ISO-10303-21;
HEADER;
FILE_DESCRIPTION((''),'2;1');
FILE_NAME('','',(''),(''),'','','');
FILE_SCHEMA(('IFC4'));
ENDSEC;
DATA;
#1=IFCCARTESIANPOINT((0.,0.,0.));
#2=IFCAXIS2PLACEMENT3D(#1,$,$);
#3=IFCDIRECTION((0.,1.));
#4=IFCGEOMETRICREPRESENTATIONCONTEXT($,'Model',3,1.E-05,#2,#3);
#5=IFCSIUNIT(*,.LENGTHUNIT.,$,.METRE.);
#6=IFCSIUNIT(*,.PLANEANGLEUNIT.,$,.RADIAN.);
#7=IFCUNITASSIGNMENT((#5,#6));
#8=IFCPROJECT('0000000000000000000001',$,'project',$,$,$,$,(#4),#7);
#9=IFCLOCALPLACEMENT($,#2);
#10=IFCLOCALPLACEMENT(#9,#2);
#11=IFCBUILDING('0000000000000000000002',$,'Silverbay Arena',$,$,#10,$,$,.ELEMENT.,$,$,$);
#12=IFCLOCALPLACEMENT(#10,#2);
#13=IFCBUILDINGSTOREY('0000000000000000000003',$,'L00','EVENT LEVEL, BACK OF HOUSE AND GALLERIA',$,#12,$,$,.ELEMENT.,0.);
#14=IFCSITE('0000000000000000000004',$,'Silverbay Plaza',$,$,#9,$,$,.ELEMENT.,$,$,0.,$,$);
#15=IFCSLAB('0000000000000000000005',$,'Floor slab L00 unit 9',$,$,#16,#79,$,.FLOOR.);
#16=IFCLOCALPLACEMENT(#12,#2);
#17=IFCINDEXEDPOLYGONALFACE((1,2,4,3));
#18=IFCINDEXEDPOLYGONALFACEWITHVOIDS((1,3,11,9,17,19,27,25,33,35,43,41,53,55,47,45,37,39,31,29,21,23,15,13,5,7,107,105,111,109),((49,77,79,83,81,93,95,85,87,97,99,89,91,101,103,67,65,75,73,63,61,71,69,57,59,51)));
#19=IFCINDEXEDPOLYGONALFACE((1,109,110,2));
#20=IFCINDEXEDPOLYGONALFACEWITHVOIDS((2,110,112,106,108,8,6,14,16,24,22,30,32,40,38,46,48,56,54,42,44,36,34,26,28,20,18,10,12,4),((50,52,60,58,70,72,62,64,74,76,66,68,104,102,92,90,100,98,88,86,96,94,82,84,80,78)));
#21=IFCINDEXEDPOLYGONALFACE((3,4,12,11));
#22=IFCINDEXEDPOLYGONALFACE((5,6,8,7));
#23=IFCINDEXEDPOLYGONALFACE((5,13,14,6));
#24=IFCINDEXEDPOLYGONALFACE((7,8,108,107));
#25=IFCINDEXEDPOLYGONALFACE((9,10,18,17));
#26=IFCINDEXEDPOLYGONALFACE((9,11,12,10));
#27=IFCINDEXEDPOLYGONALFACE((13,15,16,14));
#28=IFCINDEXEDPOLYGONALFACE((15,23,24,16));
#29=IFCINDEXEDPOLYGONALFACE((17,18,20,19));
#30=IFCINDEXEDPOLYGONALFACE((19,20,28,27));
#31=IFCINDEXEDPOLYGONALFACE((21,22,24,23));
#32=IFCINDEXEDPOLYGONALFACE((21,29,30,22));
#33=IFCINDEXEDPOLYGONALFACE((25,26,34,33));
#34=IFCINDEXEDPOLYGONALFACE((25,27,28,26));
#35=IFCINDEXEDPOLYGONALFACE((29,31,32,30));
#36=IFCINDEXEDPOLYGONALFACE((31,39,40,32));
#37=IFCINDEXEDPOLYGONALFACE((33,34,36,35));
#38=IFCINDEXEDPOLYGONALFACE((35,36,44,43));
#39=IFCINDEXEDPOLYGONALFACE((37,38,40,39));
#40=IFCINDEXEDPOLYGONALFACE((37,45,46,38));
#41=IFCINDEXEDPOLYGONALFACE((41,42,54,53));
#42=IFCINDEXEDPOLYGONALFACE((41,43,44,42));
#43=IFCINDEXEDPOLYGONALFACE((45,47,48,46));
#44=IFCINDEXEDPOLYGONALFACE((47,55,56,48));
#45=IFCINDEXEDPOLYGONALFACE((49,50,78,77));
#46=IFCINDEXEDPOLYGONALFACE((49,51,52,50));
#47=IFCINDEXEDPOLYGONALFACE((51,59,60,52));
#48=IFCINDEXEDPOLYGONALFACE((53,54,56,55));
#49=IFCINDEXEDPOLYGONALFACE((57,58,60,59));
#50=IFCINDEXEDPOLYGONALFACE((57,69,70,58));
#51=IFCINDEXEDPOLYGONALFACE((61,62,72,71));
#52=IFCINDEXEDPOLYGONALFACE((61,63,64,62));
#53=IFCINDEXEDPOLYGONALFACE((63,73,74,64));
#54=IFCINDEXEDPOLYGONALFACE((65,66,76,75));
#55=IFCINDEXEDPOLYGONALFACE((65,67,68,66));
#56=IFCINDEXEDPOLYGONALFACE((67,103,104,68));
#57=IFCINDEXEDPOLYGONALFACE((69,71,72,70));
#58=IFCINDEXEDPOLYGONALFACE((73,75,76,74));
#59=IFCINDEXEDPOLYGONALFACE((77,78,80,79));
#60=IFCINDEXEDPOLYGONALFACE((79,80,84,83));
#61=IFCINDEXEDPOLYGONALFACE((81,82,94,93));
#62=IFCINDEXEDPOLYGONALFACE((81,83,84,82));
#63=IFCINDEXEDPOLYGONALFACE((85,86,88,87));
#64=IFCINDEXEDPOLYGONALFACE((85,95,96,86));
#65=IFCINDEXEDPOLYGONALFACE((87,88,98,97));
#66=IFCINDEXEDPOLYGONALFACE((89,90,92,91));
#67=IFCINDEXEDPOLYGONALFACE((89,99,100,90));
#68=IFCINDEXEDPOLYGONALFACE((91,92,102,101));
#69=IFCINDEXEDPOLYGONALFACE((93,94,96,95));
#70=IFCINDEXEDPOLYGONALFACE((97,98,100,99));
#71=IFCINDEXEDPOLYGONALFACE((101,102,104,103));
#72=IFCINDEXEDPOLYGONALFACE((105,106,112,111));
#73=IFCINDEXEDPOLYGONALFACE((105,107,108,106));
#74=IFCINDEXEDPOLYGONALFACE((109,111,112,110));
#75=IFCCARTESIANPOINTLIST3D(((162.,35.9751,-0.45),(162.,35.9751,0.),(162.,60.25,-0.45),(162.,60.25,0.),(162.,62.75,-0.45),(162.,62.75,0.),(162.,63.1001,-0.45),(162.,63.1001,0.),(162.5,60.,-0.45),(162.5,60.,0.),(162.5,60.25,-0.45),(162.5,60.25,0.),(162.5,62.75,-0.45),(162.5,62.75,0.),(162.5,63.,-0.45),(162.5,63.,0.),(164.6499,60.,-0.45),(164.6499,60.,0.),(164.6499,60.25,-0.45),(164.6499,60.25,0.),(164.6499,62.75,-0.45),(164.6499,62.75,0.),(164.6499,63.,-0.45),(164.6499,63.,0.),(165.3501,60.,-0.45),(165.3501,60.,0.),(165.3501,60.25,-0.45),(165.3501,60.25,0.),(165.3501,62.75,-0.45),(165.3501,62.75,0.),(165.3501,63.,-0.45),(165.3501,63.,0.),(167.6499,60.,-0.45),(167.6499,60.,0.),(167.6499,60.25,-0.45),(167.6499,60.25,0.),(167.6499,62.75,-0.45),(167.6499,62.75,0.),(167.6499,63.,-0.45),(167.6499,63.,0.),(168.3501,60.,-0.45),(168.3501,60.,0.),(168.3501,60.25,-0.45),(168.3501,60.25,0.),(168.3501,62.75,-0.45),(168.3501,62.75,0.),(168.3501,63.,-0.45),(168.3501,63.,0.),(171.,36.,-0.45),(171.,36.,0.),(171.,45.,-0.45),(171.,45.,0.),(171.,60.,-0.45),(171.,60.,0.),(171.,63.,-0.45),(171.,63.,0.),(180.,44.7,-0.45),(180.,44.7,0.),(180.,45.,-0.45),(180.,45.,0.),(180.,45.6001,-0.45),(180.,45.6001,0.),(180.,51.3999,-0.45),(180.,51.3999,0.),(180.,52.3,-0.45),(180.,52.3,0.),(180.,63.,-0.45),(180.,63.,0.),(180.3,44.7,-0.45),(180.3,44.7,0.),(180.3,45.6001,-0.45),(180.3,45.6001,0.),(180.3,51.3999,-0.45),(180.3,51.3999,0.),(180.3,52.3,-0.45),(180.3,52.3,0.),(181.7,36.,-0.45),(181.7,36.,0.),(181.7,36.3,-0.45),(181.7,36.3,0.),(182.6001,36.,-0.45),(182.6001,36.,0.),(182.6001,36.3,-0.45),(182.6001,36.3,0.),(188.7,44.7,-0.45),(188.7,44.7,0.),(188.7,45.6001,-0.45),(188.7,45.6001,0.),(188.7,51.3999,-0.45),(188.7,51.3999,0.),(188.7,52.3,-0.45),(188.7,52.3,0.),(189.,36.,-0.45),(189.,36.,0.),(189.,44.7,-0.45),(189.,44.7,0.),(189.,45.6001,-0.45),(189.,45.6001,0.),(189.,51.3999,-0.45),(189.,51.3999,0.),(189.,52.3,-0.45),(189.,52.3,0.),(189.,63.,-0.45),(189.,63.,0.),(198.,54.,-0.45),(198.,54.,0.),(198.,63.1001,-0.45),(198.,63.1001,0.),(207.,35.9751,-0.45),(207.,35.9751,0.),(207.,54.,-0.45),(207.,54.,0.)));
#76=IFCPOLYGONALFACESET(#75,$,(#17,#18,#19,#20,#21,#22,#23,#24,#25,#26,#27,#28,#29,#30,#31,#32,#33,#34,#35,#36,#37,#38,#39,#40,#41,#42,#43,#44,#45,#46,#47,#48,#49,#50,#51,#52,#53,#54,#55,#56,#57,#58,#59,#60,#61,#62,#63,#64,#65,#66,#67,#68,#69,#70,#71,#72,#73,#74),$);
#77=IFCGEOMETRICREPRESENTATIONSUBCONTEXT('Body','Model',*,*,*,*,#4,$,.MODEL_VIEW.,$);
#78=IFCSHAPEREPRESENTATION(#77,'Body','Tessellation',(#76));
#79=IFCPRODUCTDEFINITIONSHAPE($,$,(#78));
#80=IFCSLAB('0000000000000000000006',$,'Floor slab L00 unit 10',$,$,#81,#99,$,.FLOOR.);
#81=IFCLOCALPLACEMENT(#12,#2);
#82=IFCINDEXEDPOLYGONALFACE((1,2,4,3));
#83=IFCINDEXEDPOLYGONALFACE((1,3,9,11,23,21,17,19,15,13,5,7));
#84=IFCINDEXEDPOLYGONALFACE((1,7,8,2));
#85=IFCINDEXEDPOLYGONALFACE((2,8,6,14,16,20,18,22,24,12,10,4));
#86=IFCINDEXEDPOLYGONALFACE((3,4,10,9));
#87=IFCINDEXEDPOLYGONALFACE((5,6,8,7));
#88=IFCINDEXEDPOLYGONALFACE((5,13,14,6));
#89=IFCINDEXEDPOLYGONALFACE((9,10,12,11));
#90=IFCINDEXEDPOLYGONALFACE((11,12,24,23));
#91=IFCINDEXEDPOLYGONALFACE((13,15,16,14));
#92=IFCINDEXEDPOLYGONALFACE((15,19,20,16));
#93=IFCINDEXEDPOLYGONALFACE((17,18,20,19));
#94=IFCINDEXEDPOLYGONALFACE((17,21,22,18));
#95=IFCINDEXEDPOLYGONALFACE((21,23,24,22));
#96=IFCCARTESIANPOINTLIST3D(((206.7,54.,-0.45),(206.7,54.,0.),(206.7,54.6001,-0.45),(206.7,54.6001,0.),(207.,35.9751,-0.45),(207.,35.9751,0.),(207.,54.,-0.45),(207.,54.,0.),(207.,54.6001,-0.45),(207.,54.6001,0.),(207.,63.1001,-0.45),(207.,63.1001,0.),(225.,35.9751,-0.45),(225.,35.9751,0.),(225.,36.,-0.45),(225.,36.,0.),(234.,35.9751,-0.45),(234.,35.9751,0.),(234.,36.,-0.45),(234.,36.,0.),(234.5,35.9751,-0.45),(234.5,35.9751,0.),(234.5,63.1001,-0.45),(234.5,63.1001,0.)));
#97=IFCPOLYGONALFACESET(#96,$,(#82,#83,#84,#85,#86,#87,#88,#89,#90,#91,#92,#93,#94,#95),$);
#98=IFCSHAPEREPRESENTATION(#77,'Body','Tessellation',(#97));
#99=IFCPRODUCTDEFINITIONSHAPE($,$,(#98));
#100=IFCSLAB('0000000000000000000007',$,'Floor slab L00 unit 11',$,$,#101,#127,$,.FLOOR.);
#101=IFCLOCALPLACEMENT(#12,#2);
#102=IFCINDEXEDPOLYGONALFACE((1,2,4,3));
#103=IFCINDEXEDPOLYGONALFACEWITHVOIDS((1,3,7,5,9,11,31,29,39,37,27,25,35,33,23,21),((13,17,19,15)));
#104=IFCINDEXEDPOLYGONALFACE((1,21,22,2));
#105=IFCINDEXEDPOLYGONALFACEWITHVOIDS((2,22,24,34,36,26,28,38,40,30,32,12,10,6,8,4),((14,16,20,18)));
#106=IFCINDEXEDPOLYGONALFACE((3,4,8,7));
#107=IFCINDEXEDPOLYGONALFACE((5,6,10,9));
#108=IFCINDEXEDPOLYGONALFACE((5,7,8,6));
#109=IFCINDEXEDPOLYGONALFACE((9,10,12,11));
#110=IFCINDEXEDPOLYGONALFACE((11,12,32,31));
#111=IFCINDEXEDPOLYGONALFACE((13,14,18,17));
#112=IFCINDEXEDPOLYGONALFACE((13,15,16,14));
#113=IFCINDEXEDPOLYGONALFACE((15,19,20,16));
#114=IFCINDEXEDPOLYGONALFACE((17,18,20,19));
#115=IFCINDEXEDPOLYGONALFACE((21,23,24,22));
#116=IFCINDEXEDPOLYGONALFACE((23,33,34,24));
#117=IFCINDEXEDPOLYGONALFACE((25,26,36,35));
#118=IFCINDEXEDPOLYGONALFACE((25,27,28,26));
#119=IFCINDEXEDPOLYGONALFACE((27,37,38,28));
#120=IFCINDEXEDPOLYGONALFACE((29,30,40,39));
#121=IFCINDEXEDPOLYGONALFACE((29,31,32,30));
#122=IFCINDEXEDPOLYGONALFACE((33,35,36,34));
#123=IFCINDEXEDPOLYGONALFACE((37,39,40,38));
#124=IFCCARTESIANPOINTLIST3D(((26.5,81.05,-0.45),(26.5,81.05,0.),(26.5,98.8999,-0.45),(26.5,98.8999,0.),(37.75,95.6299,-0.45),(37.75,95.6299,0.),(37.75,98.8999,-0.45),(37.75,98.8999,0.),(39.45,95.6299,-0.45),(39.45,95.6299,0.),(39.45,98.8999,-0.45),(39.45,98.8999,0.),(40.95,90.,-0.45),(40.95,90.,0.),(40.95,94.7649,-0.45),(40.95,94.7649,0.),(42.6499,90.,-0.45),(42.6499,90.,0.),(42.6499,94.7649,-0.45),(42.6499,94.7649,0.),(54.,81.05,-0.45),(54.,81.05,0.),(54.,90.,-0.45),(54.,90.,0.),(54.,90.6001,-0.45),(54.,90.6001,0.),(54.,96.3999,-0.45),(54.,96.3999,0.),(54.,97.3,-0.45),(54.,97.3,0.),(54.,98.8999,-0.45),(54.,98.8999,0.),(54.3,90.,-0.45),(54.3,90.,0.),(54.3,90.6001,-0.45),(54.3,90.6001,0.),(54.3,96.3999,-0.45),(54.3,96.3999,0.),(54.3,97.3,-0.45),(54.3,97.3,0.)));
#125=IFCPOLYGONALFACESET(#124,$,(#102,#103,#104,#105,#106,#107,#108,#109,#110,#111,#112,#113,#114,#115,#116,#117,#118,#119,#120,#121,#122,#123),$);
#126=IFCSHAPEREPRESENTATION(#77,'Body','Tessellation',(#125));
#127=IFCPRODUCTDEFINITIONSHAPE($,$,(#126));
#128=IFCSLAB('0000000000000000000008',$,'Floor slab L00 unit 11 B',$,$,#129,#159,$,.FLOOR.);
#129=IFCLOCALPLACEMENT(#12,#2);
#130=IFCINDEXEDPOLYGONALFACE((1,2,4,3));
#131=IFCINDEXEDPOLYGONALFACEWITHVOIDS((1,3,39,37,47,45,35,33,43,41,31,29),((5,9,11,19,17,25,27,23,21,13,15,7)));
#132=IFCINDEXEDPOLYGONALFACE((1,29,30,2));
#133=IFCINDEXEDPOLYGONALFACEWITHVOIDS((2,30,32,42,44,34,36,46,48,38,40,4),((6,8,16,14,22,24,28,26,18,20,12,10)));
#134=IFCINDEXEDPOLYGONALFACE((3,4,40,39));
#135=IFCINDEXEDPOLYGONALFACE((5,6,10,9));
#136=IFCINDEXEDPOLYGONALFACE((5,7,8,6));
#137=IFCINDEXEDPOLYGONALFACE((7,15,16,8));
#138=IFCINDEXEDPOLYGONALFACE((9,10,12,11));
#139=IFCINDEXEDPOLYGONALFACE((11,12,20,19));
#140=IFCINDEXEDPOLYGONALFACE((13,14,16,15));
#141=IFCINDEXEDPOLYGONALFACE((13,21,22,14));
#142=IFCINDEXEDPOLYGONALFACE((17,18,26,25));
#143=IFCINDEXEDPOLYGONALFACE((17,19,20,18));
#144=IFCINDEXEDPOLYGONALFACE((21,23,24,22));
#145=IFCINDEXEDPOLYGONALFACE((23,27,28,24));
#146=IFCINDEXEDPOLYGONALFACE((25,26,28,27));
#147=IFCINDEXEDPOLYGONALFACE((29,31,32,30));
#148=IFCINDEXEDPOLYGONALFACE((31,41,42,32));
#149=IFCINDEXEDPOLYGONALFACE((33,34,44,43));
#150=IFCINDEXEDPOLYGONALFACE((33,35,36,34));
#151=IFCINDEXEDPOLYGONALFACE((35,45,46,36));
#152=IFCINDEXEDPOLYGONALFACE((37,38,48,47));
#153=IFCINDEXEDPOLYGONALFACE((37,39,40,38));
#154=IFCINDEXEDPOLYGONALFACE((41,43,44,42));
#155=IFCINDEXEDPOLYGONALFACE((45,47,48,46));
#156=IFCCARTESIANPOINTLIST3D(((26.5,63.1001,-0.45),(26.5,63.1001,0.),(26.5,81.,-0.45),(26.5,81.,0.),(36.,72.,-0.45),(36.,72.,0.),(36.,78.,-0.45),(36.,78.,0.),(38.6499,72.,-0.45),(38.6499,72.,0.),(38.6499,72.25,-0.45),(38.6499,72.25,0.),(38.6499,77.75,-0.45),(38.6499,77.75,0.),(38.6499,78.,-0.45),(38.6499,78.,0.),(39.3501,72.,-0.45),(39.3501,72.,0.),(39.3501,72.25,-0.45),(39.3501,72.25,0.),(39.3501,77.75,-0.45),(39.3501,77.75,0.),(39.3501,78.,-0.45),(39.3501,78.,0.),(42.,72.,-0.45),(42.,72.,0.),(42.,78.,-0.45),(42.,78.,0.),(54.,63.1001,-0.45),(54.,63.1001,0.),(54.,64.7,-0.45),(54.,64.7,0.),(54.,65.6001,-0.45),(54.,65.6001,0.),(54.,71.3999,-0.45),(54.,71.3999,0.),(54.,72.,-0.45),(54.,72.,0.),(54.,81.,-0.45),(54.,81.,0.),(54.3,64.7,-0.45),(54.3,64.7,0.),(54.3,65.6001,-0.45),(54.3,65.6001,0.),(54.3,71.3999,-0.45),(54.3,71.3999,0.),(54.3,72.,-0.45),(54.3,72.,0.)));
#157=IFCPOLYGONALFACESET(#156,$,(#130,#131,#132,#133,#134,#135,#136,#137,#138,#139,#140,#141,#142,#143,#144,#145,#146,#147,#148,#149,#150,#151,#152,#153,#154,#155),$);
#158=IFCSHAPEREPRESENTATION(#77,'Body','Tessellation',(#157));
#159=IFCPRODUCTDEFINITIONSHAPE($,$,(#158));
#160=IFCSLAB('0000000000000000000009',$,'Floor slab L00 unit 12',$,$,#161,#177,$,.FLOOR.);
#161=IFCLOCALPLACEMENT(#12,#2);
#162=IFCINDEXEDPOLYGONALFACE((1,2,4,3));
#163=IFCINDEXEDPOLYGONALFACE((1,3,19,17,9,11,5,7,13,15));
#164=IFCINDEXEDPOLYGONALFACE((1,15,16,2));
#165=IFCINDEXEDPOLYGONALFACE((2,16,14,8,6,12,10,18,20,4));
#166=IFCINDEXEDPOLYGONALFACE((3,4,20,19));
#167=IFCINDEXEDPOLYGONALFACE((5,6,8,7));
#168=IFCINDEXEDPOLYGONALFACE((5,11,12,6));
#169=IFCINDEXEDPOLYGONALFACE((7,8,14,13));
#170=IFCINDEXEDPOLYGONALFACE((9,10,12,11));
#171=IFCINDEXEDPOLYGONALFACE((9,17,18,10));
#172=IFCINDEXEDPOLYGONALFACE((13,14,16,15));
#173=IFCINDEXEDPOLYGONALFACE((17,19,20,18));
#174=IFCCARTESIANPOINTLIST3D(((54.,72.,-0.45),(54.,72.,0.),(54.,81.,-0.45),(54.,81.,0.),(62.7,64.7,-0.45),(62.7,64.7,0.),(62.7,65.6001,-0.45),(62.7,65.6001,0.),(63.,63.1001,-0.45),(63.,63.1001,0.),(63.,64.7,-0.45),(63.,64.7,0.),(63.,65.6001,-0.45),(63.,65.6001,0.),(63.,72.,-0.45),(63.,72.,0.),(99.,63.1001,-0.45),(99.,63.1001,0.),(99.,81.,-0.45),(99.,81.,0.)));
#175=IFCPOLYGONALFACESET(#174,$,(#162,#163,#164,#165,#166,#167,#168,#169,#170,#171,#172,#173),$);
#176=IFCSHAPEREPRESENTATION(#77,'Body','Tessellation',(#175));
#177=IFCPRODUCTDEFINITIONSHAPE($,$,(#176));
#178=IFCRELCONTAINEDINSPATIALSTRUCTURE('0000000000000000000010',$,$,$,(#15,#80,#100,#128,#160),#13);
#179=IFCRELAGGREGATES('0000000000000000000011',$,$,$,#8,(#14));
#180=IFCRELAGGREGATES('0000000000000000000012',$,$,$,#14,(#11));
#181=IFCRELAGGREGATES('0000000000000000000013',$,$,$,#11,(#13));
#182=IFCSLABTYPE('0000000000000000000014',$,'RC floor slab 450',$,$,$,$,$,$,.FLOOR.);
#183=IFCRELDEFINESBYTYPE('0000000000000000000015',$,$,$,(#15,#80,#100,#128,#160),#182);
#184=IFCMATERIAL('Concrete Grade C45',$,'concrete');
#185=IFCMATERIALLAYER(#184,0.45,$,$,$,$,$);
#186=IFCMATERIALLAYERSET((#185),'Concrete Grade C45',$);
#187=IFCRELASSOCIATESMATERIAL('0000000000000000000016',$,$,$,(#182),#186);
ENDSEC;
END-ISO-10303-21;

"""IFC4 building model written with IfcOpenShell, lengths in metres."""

from ifc_helpers import new_model, si_unit, direction, frame, origin, place, context, subcontext, project, spatial, polyline, outline, extrude, material, layer, layer_set, type_object, element, save


model = new_model("IFC4")

# Units and contexts
model_context = context("Model", 3, precision=1e-05, world=origin(), true_north=direction((0.0, 1.0)))
body_context = subcontext(model_context, "Body", "Model", "MODEL_VIEW")
ifc_project = project(units=[si_unit("LENGTHUNIT", "METRE"), si_unit("PLANEANGLEUNIT", "RADIAN")], contexts=[model_context])

# Site, building, storey
site_placement = place(None, origin())
site = spatial("IfcSite", under=ifc_project, at=site_placement, Name="Silverbay Plaza", CompositionType="ELEMENT", RefElevation=0.0)
building_placement = place(site_placement, origin())
building = spatial("IfcBuilding", under=site, at=building_placement, Name="Silverbay Arena", CompositionType="ELEMENT")
storey_placement = place(building_placement, origin())
storey = spatial("IfcBuildingStorey", under=building, at=storey_placement, Name="L00", Description="EVENT LEVEL, BACK OF HOUSE AND GALLERIA", CompositionType="ELEMENT", Elevation=0.0)

# Slabs
ifc_material_1 = material(Name="Concrete Grade C45", Category="concrete")
ifc_layer_1 = layer(ifc_material_1, 0.45)
ifc_layer_set_1 = layer_set([ifc_layer_1], Name="Concrete Grade C45")
slab_type_1 = type_object("IfcSlabType", Name="RC floor slab 450", PredefinedType="FLOOR", material=ifc_layer_set_1)
slab_1_placement = place(storey_placement, frame((0.0, 0.0, -0.45)))
element("IfcSlab", 1, at=slab_1_placement, inside=storey, type_object=slab_type_1, Name="Floor slab L00 unit 9", PredefinedType="FLOOR", context=body_context, shape_type="SweptSolid", body=[
    extrude(outline(polyline([(162.5, 60.25), (162.5, 60.0), (164.6499, 60.0), (164.6499, 60.25), (165.3501, 60.25), (165.3501, 60.0), (167.6499, 60.0), (167.6499, 60.25), (168.3501, 60.25), (168.3501, 60.0), (171.0, 60.0), (171.0, 63.0), (168.3501, 63.0), (168.3501, 62.75), (167.6499, 62.75), (167.6499, 63.0), (165.3501, 63.0), (165.3501, 62.75), (164.6499, 62.75), (164.6499, 63.0), (162.5, 63.0), (162.5, 62.75), (162.0, 62.75), (162.0, 63.1001), (198.0, 63.1001), (198.0, 54.0), (207.0, 54.0), (207.0, 35.9751), (162.0, 35.9751), (162.0, 60.25), (162.5, 60.25)]), holes=[polyline([(181.7, 36.3), (182.6001, 36.3), (182.6001, 36.0), (189.0, 36.0), (189.0, 44.7), (188.7, 44.7), (188.7, 45.6001), (189.0, 45.6001), (189.0, 51.3999), (188.7, 51.3999), (188.7, 52.3), (189.0, 52.3), (189.0, 63.0), (180.0, 63.0), (180.0, 52.3), (180.3, 52.3), (180.3, 51.3999), (180.0, 51.3999), (180.0, 45.6001), (180.3, 45.6001), (180.3, 44.7), (180.0, 44.7), (180.0, 45.0), (171.0, 45.0), (171.0, 36.0), (181.7, 36.0), (181.7, 36.3)])]), origin(), (0.0, 0.0, 1.0), 0.45),
])
slab_2_placement = place(storey_placement, frame((0.0, 0.0, -0.45)))
element("IfcSlab", 2, at=slab_2_placement, inside=storey, type_object=slab_type_1, Name="Floor slab L00 unit 10", PredefinedType="FLOOR", context=body_context, shape_type="SweptSolid", body=[
    extrude(outline(polyline([(225.0, 36.0), (225.0, 35.9751), (207.0, 35.9751), (207.0, 54.0), (206.7, 54.0), (206.7, 54.6001), (207.0, 54.6001), (207.0, 63.1001), (234.5, 63.1001), (234.5, 35.9751), (234.0, 35.9751), (234.0, 36.0), (225.0, 36.0)])), origin(), (0.0, 0.0, 1.0), 0.45),
])
slab_3_placement = place(storey_placement, frame((0.0, 0.0, -0.45)))
element("IfcSlab", 3, at=slab_3_placement, inside=storey, type_object=slab_type_1, Name="Floor slab L00 unit 11", PredefinedType="FLOOR", context=body_context, shape_type="SweptSolid", body=[
    extrude(outline(polyline([(26.5, 98.8999), (37.75, 98.8999), (37.75, 95.6299), (39.45, 95.6299), (39.45, 98.8999), (54.0, 98.8999), (54.0, 97.3), (54.3, 97.3), (54.3, 96.3999), (54.0, 96.3999), (54.0, 90.6001), (54.3, 90.6001), (54.3, 90.0), (54.0, 90.0), (54.0, 81.05), (26.5, 81.05), (26.5, 98.8999)]), holes=[polyline([(40.95, 94.7649), (40.95, 90.0), (42.6499, 90.0), (42.6499, 94.7649), (40.95, 94.7649)])]), origin(), (0.0, 0.0, 1.0), 0.45),
])
slab_4_placement = place(storey_placement, frame((0.0, 0.0, -0.45)))
element("IfcSlab", 4, at=slab_4_placement, inside=storey, type_object=slab_type_1, Name="Floor slab L00 unit 11 B", PredefinedType="FLOOR", context=body_context, shape_type="SweptSolid", body=[
    extrude(outline(polyline([(54.3, 64.7), (54.0, 64.7), (54.0, 63.1001), (26.5, 63.1001), (26.5, 81.0), (54.0, 81.0), (54.0, 72.0), (54.3, 72.0), (54.3, 71.3999), (54.0, 71.3999), (54.0, 65.6001), (54.3, 65.6001), (54.3, 64.7)]), holes=[polyline([(39.3501, 72.25), (39.3501, 72.0), (42.0, 72.0), (42.0, 78.0), (39.3501, 78.0), (39.3501, 77.75), (38.6499, 77.75), (38.6499, 78.0), (36.0, 78.0), (36.0, 72.0), (38.6499, 72.0), (38.6499, 72.25), (39.3501, 72.25)])]), origin(), (0.0, 0.0, 1.0), 0.45),
])
slab_5_placement = place(storey_placement, frame((0.0, 0.0, -0.45)))
element("IfcSlab", 5, at=slab_5_placement, inside=storey, type_object=slab_type_1, Name="Floor slab L00 unit 12", PredefinedType="FLOOR", context=body_context, shape_type="SweptSolid", body=[
    extrude(outline(polyline([(62.7, 65.6001), (63.0, 65.6001), (63.0, 72.0), (54.0, 72.0), (54.0, 81.0), (99.0, 81.0), (99.0, 63.1001), (63.0, 63.1001), (63.0, 64.7), (62.7, 64.7), (62.7, 65.6001)])), origin(), (0.0, 0.0, 1.0), 0.45),
])

save(model, "model.ifc")
